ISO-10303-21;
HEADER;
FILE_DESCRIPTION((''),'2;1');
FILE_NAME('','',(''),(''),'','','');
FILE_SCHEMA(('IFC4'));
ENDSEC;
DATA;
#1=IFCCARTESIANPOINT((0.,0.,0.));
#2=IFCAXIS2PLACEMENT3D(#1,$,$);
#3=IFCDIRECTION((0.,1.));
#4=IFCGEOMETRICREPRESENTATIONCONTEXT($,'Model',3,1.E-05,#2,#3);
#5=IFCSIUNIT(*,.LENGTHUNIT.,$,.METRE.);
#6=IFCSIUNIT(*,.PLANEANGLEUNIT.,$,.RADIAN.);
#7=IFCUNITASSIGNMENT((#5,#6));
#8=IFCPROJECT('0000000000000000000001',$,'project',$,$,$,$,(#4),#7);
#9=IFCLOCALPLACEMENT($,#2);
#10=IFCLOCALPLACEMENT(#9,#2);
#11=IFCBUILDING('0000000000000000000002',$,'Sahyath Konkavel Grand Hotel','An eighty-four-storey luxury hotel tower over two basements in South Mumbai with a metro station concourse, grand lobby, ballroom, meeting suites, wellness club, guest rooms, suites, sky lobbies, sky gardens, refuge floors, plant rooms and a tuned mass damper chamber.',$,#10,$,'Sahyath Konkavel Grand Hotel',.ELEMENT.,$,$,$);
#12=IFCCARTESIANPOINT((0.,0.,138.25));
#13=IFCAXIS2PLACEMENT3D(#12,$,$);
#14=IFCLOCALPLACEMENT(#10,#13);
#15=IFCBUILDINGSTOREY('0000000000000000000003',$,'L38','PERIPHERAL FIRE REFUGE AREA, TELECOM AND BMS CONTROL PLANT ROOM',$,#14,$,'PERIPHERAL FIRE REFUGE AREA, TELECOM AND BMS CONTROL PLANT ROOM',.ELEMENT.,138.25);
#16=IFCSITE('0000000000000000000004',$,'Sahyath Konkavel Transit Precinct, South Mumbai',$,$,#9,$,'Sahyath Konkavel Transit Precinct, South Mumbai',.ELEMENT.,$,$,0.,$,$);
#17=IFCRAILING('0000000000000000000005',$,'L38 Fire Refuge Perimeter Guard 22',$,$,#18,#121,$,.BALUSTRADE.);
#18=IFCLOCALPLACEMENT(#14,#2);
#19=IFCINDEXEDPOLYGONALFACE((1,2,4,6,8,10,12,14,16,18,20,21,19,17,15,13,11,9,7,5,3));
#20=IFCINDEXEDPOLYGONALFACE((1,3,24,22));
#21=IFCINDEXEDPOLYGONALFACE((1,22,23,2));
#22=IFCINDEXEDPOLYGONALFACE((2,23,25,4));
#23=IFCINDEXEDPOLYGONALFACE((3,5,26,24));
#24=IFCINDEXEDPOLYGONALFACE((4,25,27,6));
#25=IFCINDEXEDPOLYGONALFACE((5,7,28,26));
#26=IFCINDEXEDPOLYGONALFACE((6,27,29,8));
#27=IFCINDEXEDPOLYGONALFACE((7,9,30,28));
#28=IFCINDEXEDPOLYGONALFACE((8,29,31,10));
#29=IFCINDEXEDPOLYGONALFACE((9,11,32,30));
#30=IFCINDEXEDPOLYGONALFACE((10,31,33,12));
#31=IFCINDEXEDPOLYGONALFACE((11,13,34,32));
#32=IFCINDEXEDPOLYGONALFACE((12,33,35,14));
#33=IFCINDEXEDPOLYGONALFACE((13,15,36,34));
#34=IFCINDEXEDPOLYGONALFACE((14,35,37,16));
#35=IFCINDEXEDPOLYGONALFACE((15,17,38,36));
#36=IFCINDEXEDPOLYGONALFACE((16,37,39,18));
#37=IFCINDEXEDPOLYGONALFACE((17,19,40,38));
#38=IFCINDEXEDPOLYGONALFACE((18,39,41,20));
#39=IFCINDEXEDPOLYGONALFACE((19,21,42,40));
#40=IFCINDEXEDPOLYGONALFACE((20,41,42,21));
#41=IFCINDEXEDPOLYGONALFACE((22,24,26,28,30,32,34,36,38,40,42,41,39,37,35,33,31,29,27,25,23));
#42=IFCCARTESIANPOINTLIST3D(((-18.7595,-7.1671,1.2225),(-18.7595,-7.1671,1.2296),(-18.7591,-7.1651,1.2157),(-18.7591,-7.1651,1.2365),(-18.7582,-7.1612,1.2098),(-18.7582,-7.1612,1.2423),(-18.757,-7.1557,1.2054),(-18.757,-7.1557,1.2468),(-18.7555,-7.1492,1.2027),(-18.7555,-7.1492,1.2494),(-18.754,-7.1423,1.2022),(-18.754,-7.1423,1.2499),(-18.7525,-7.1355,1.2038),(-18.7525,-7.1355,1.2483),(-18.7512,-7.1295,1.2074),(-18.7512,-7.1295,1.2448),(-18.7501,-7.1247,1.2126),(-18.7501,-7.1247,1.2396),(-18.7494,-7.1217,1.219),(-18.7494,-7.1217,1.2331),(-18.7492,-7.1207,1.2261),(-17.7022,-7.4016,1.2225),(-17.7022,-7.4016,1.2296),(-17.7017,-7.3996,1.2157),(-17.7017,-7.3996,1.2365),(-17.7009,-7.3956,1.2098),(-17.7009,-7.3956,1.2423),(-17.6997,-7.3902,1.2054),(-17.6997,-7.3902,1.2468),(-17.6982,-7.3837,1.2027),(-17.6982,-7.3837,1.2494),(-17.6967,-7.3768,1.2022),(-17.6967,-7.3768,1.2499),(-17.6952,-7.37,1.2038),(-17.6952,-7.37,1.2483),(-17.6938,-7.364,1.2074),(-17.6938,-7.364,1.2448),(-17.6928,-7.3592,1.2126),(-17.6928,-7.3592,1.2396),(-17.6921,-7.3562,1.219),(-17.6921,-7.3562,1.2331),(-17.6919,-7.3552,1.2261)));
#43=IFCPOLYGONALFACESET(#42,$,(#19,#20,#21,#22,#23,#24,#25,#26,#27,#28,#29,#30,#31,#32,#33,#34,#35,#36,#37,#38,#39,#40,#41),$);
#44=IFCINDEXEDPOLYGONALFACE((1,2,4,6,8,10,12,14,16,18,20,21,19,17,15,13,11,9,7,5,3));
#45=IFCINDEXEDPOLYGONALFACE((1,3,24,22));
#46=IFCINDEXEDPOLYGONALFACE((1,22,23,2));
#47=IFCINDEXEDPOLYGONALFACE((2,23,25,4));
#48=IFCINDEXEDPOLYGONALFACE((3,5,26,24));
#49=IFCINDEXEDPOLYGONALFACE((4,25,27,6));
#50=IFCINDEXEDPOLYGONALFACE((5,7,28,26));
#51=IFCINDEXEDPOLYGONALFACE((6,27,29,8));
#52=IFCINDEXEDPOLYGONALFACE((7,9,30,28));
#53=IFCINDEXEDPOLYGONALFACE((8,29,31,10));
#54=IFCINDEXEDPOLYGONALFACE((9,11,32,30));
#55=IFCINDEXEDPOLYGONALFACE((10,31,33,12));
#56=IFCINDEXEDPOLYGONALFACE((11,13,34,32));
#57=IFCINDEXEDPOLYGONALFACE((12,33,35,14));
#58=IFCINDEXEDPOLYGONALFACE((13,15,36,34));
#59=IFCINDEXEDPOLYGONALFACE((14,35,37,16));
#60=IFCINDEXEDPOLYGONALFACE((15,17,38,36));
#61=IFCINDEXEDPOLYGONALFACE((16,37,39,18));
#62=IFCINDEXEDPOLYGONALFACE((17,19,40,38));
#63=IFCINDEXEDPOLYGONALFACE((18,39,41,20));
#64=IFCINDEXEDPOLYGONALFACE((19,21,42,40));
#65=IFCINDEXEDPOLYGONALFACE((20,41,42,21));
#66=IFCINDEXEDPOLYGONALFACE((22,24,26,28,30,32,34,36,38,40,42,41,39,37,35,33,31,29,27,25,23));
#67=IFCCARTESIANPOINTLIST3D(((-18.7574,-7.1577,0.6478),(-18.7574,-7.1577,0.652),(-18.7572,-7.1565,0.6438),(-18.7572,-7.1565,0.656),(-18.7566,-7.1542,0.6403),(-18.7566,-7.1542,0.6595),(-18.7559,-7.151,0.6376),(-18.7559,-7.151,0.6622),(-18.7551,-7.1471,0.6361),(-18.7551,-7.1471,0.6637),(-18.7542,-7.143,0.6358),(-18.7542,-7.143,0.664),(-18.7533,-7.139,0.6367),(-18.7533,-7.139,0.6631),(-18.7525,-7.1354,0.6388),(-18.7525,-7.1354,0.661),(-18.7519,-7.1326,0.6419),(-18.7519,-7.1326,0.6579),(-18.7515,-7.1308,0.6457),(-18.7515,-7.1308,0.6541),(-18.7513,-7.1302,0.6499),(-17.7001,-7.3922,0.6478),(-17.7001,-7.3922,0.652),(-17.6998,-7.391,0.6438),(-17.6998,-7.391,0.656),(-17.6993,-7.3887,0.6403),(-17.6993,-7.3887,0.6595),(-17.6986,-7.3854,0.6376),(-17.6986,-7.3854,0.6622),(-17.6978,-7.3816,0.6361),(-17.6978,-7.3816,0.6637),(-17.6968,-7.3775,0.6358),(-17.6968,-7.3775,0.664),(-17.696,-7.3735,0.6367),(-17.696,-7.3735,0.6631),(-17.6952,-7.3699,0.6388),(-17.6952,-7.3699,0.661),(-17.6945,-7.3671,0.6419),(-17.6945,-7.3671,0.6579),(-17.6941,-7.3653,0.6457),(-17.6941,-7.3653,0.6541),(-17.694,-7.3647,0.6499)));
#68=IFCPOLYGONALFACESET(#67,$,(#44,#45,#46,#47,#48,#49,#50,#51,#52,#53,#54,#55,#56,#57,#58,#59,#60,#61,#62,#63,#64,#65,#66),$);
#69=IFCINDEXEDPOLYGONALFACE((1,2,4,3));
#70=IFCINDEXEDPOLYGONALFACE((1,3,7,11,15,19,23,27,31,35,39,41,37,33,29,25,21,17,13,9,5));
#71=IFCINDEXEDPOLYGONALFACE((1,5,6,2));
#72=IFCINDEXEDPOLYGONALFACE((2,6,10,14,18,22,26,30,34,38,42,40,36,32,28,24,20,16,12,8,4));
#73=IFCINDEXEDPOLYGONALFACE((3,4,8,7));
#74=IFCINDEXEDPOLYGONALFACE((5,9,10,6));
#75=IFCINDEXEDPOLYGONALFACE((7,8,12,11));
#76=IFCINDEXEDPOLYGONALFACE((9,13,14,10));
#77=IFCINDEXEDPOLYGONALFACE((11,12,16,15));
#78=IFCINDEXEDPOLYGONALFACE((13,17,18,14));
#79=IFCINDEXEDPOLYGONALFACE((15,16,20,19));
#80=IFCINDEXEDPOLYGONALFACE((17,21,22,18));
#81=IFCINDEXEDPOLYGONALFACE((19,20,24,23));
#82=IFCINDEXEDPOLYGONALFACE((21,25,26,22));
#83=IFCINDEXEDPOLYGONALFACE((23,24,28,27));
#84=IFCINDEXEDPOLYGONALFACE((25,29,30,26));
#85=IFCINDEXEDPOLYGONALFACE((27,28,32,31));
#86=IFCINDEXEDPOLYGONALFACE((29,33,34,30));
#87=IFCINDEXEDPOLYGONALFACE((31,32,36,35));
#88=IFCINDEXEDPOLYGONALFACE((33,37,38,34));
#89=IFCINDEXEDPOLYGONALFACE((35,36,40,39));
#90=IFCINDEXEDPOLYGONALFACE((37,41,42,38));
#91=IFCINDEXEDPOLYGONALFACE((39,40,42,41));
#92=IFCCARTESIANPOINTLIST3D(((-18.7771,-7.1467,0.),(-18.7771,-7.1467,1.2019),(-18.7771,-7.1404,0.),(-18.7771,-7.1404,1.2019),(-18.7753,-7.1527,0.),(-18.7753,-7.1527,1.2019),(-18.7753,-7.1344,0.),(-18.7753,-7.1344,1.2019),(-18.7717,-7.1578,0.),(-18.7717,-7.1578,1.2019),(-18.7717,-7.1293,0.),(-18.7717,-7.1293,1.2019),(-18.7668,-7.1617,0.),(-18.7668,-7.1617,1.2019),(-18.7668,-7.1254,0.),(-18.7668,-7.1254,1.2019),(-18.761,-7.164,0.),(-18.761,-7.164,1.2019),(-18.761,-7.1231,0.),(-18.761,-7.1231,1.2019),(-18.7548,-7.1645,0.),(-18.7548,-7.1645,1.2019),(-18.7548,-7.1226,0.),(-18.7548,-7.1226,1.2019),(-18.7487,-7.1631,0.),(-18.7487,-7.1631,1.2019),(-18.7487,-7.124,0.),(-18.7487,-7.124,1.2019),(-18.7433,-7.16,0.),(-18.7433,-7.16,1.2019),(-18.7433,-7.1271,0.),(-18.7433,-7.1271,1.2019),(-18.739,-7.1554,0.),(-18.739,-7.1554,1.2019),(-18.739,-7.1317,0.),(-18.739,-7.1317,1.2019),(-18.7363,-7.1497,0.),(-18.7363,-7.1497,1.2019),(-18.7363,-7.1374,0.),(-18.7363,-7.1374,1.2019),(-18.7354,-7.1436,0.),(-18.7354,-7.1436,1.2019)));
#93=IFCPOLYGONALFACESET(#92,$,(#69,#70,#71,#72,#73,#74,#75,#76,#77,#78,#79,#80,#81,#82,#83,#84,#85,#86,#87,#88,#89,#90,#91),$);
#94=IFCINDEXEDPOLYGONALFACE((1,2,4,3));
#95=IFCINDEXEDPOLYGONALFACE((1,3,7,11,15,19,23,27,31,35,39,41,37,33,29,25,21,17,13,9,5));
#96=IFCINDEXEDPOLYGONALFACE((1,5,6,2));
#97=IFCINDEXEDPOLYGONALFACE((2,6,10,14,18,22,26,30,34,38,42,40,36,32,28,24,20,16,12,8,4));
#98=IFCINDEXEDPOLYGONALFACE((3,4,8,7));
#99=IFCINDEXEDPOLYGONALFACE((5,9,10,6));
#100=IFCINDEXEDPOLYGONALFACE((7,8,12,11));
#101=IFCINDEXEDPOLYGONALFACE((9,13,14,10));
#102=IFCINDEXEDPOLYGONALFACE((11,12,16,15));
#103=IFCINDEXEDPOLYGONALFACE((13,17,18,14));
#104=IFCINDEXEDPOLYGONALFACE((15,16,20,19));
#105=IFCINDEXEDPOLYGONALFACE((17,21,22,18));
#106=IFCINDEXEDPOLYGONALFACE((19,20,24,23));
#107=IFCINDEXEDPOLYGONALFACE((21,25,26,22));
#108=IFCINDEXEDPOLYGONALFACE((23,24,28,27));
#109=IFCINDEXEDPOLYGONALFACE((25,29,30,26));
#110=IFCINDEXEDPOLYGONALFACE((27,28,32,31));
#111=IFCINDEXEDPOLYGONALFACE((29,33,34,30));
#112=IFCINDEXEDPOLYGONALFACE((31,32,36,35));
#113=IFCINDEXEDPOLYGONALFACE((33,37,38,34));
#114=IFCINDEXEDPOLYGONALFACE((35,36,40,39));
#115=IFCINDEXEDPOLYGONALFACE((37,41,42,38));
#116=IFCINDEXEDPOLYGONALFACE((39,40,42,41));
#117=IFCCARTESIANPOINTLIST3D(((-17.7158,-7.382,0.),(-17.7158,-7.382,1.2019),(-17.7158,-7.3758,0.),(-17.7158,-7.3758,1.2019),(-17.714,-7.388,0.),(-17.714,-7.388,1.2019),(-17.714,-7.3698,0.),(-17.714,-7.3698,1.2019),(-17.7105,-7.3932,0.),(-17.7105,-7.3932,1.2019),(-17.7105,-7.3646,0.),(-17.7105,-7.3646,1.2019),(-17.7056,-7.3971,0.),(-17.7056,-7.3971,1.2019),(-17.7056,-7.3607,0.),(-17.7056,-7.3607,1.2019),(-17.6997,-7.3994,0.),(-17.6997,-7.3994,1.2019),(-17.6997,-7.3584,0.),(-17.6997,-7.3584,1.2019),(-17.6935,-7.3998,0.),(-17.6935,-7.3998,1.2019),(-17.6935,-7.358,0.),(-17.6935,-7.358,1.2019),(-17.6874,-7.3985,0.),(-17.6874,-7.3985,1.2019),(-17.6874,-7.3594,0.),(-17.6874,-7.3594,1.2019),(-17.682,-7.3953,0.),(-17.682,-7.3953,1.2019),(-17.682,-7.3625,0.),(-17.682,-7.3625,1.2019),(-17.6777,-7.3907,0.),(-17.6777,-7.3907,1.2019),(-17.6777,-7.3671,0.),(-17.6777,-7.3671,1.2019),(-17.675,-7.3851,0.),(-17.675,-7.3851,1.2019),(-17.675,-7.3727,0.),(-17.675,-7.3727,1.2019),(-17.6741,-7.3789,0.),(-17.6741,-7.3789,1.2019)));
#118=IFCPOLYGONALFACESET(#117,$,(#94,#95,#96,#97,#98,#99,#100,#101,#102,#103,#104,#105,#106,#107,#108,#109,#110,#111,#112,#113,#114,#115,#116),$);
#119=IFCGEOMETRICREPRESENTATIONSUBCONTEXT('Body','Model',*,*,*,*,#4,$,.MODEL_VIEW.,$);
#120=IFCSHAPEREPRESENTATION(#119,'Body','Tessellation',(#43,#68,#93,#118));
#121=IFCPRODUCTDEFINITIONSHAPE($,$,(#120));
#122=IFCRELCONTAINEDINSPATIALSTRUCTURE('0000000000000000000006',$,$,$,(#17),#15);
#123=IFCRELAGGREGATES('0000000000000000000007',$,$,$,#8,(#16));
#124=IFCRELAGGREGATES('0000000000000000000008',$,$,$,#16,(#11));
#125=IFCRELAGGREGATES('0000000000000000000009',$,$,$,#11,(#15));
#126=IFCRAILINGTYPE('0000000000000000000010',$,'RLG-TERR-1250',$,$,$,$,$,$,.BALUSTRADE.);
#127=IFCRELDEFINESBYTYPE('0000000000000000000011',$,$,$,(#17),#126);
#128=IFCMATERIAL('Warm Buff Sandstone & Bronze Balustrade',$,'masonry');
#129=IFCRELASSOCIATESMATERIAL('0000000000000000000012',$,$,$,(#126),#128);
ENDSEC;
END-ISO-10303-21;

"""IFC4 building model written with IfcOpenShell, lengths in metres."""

from ifc_helpers import new_model, si_unit, direction, frame, origin, origin_2d, place, context, subcontext, project, spatial, circle, extrude, material, type_object, element, save


model = new_model("IFC4")

# Units and contexts
model_context = context("Model", 3, precision=1e-05, world=origin(), true_north=direction((0.0, 1.0)))
body_context = subcontext(model_context, "Body", "Model", "MODEL_VIEW")
ifc_project = project(units=[si_unit("LENGTHUNIT", "METRE"), si_unit("PLANEANGLEUNIT", "RADIAN")], contexts=[model_context])

# Site, building, storey
site_placement = place(None, origin())
site = spatial("IfcSite", under=ifc_project, at=site_placement, Name="Sahyath Konkavel Transit Precinct, South Mumbai", LongName="Sahyath Konkavel Transit Precinct, South Mumbai", CompositionType="ELEMENT", RefElevation=0.0)
building_placement = place(site_placement, origin())
building = spatial("IfcBuilding", under=site, at=building_placement, Name="Sahyath Konkavel Grand Hotel", Description="An eighty-four-storey luxury hotel tower over two basements in South Mumbai with a metro station concourse, grand lobby, ballroom, meeting suites, wellness club, guest rooms, suites, sky lobbies, sky gardens, refuge floors, plant rooms and a tuned mass damper chamber.", LongName="Sahyath Konkavel Grand Hotel", CompositionType="ELEMENT")
storey_placement = place(building_placement, frame((0.0, 0.0, 138.25)))
storey = spatial("IfcBuildingStorey", under=building, at=storey_placement, Name="L38", Description="PERIPHERAL FIRE REFUGE AREA, TELECOM AND BMS CONTROL PLANT ROOM", LongName="PERIPHERAL FIRE REFUGE AREA, TELECOM AND BMS CONTROL PLANT ROOM", CompositionType="ELEMENT", Elevation=138.25)

# Railing
ifc_material_1 = material(Name="Warm Buff Sandstone & Bronze Balustrade", Category="masonry")
railing_type = type_object("IfcRailingType", Name="RLG-TERR-1250", PredefinedType="BALUSTRADE", material=ifc_material_1)
railing_1_placement = place(storey_placement, frame((-18.7563, -7.1436, 0.0)))
element("IfcRailing", 1, at=railing_1_placement, inside=storey, type_object=railing_type, Name="L38 Fire Refuge Perimeter Guard 22", PredefinedType="BALUSTRADE", context=body_context, shape_type="SweptSolid", body=[
    extrude(circle(Radius=0.0239, at=origin_2d()), frame((0.002, -0.0005, 1.2261), z_axis=(0.976282, -0.216502, 0.0), x_axis=(0.216502, 0.976282, 0.0)), (0.0, 0.0, 1.0), 1.083),
    extrude(circle(Radius=0.0142, at=origin_2d()), frame((0.002, -0.0005, 0.6499), z_axis=(0.976282, -0.216502, 0.0), x_axis=(0.216502, 0.976282, 0.0)), (0.0, 0.0, 1.0), 1.083),
    extrude(circle(Radius=0.021, at=origin_2d()), origin(), (0.0, 0.0, 1.0), 1.2019),
    extrude(circle(Radius=0.021, at=origin_2d()), frame((1.0613, -0.2354, 0.0)), (0.0, 0.0, 1.0), 1.2019),
])

save(model, "model.ifc")
